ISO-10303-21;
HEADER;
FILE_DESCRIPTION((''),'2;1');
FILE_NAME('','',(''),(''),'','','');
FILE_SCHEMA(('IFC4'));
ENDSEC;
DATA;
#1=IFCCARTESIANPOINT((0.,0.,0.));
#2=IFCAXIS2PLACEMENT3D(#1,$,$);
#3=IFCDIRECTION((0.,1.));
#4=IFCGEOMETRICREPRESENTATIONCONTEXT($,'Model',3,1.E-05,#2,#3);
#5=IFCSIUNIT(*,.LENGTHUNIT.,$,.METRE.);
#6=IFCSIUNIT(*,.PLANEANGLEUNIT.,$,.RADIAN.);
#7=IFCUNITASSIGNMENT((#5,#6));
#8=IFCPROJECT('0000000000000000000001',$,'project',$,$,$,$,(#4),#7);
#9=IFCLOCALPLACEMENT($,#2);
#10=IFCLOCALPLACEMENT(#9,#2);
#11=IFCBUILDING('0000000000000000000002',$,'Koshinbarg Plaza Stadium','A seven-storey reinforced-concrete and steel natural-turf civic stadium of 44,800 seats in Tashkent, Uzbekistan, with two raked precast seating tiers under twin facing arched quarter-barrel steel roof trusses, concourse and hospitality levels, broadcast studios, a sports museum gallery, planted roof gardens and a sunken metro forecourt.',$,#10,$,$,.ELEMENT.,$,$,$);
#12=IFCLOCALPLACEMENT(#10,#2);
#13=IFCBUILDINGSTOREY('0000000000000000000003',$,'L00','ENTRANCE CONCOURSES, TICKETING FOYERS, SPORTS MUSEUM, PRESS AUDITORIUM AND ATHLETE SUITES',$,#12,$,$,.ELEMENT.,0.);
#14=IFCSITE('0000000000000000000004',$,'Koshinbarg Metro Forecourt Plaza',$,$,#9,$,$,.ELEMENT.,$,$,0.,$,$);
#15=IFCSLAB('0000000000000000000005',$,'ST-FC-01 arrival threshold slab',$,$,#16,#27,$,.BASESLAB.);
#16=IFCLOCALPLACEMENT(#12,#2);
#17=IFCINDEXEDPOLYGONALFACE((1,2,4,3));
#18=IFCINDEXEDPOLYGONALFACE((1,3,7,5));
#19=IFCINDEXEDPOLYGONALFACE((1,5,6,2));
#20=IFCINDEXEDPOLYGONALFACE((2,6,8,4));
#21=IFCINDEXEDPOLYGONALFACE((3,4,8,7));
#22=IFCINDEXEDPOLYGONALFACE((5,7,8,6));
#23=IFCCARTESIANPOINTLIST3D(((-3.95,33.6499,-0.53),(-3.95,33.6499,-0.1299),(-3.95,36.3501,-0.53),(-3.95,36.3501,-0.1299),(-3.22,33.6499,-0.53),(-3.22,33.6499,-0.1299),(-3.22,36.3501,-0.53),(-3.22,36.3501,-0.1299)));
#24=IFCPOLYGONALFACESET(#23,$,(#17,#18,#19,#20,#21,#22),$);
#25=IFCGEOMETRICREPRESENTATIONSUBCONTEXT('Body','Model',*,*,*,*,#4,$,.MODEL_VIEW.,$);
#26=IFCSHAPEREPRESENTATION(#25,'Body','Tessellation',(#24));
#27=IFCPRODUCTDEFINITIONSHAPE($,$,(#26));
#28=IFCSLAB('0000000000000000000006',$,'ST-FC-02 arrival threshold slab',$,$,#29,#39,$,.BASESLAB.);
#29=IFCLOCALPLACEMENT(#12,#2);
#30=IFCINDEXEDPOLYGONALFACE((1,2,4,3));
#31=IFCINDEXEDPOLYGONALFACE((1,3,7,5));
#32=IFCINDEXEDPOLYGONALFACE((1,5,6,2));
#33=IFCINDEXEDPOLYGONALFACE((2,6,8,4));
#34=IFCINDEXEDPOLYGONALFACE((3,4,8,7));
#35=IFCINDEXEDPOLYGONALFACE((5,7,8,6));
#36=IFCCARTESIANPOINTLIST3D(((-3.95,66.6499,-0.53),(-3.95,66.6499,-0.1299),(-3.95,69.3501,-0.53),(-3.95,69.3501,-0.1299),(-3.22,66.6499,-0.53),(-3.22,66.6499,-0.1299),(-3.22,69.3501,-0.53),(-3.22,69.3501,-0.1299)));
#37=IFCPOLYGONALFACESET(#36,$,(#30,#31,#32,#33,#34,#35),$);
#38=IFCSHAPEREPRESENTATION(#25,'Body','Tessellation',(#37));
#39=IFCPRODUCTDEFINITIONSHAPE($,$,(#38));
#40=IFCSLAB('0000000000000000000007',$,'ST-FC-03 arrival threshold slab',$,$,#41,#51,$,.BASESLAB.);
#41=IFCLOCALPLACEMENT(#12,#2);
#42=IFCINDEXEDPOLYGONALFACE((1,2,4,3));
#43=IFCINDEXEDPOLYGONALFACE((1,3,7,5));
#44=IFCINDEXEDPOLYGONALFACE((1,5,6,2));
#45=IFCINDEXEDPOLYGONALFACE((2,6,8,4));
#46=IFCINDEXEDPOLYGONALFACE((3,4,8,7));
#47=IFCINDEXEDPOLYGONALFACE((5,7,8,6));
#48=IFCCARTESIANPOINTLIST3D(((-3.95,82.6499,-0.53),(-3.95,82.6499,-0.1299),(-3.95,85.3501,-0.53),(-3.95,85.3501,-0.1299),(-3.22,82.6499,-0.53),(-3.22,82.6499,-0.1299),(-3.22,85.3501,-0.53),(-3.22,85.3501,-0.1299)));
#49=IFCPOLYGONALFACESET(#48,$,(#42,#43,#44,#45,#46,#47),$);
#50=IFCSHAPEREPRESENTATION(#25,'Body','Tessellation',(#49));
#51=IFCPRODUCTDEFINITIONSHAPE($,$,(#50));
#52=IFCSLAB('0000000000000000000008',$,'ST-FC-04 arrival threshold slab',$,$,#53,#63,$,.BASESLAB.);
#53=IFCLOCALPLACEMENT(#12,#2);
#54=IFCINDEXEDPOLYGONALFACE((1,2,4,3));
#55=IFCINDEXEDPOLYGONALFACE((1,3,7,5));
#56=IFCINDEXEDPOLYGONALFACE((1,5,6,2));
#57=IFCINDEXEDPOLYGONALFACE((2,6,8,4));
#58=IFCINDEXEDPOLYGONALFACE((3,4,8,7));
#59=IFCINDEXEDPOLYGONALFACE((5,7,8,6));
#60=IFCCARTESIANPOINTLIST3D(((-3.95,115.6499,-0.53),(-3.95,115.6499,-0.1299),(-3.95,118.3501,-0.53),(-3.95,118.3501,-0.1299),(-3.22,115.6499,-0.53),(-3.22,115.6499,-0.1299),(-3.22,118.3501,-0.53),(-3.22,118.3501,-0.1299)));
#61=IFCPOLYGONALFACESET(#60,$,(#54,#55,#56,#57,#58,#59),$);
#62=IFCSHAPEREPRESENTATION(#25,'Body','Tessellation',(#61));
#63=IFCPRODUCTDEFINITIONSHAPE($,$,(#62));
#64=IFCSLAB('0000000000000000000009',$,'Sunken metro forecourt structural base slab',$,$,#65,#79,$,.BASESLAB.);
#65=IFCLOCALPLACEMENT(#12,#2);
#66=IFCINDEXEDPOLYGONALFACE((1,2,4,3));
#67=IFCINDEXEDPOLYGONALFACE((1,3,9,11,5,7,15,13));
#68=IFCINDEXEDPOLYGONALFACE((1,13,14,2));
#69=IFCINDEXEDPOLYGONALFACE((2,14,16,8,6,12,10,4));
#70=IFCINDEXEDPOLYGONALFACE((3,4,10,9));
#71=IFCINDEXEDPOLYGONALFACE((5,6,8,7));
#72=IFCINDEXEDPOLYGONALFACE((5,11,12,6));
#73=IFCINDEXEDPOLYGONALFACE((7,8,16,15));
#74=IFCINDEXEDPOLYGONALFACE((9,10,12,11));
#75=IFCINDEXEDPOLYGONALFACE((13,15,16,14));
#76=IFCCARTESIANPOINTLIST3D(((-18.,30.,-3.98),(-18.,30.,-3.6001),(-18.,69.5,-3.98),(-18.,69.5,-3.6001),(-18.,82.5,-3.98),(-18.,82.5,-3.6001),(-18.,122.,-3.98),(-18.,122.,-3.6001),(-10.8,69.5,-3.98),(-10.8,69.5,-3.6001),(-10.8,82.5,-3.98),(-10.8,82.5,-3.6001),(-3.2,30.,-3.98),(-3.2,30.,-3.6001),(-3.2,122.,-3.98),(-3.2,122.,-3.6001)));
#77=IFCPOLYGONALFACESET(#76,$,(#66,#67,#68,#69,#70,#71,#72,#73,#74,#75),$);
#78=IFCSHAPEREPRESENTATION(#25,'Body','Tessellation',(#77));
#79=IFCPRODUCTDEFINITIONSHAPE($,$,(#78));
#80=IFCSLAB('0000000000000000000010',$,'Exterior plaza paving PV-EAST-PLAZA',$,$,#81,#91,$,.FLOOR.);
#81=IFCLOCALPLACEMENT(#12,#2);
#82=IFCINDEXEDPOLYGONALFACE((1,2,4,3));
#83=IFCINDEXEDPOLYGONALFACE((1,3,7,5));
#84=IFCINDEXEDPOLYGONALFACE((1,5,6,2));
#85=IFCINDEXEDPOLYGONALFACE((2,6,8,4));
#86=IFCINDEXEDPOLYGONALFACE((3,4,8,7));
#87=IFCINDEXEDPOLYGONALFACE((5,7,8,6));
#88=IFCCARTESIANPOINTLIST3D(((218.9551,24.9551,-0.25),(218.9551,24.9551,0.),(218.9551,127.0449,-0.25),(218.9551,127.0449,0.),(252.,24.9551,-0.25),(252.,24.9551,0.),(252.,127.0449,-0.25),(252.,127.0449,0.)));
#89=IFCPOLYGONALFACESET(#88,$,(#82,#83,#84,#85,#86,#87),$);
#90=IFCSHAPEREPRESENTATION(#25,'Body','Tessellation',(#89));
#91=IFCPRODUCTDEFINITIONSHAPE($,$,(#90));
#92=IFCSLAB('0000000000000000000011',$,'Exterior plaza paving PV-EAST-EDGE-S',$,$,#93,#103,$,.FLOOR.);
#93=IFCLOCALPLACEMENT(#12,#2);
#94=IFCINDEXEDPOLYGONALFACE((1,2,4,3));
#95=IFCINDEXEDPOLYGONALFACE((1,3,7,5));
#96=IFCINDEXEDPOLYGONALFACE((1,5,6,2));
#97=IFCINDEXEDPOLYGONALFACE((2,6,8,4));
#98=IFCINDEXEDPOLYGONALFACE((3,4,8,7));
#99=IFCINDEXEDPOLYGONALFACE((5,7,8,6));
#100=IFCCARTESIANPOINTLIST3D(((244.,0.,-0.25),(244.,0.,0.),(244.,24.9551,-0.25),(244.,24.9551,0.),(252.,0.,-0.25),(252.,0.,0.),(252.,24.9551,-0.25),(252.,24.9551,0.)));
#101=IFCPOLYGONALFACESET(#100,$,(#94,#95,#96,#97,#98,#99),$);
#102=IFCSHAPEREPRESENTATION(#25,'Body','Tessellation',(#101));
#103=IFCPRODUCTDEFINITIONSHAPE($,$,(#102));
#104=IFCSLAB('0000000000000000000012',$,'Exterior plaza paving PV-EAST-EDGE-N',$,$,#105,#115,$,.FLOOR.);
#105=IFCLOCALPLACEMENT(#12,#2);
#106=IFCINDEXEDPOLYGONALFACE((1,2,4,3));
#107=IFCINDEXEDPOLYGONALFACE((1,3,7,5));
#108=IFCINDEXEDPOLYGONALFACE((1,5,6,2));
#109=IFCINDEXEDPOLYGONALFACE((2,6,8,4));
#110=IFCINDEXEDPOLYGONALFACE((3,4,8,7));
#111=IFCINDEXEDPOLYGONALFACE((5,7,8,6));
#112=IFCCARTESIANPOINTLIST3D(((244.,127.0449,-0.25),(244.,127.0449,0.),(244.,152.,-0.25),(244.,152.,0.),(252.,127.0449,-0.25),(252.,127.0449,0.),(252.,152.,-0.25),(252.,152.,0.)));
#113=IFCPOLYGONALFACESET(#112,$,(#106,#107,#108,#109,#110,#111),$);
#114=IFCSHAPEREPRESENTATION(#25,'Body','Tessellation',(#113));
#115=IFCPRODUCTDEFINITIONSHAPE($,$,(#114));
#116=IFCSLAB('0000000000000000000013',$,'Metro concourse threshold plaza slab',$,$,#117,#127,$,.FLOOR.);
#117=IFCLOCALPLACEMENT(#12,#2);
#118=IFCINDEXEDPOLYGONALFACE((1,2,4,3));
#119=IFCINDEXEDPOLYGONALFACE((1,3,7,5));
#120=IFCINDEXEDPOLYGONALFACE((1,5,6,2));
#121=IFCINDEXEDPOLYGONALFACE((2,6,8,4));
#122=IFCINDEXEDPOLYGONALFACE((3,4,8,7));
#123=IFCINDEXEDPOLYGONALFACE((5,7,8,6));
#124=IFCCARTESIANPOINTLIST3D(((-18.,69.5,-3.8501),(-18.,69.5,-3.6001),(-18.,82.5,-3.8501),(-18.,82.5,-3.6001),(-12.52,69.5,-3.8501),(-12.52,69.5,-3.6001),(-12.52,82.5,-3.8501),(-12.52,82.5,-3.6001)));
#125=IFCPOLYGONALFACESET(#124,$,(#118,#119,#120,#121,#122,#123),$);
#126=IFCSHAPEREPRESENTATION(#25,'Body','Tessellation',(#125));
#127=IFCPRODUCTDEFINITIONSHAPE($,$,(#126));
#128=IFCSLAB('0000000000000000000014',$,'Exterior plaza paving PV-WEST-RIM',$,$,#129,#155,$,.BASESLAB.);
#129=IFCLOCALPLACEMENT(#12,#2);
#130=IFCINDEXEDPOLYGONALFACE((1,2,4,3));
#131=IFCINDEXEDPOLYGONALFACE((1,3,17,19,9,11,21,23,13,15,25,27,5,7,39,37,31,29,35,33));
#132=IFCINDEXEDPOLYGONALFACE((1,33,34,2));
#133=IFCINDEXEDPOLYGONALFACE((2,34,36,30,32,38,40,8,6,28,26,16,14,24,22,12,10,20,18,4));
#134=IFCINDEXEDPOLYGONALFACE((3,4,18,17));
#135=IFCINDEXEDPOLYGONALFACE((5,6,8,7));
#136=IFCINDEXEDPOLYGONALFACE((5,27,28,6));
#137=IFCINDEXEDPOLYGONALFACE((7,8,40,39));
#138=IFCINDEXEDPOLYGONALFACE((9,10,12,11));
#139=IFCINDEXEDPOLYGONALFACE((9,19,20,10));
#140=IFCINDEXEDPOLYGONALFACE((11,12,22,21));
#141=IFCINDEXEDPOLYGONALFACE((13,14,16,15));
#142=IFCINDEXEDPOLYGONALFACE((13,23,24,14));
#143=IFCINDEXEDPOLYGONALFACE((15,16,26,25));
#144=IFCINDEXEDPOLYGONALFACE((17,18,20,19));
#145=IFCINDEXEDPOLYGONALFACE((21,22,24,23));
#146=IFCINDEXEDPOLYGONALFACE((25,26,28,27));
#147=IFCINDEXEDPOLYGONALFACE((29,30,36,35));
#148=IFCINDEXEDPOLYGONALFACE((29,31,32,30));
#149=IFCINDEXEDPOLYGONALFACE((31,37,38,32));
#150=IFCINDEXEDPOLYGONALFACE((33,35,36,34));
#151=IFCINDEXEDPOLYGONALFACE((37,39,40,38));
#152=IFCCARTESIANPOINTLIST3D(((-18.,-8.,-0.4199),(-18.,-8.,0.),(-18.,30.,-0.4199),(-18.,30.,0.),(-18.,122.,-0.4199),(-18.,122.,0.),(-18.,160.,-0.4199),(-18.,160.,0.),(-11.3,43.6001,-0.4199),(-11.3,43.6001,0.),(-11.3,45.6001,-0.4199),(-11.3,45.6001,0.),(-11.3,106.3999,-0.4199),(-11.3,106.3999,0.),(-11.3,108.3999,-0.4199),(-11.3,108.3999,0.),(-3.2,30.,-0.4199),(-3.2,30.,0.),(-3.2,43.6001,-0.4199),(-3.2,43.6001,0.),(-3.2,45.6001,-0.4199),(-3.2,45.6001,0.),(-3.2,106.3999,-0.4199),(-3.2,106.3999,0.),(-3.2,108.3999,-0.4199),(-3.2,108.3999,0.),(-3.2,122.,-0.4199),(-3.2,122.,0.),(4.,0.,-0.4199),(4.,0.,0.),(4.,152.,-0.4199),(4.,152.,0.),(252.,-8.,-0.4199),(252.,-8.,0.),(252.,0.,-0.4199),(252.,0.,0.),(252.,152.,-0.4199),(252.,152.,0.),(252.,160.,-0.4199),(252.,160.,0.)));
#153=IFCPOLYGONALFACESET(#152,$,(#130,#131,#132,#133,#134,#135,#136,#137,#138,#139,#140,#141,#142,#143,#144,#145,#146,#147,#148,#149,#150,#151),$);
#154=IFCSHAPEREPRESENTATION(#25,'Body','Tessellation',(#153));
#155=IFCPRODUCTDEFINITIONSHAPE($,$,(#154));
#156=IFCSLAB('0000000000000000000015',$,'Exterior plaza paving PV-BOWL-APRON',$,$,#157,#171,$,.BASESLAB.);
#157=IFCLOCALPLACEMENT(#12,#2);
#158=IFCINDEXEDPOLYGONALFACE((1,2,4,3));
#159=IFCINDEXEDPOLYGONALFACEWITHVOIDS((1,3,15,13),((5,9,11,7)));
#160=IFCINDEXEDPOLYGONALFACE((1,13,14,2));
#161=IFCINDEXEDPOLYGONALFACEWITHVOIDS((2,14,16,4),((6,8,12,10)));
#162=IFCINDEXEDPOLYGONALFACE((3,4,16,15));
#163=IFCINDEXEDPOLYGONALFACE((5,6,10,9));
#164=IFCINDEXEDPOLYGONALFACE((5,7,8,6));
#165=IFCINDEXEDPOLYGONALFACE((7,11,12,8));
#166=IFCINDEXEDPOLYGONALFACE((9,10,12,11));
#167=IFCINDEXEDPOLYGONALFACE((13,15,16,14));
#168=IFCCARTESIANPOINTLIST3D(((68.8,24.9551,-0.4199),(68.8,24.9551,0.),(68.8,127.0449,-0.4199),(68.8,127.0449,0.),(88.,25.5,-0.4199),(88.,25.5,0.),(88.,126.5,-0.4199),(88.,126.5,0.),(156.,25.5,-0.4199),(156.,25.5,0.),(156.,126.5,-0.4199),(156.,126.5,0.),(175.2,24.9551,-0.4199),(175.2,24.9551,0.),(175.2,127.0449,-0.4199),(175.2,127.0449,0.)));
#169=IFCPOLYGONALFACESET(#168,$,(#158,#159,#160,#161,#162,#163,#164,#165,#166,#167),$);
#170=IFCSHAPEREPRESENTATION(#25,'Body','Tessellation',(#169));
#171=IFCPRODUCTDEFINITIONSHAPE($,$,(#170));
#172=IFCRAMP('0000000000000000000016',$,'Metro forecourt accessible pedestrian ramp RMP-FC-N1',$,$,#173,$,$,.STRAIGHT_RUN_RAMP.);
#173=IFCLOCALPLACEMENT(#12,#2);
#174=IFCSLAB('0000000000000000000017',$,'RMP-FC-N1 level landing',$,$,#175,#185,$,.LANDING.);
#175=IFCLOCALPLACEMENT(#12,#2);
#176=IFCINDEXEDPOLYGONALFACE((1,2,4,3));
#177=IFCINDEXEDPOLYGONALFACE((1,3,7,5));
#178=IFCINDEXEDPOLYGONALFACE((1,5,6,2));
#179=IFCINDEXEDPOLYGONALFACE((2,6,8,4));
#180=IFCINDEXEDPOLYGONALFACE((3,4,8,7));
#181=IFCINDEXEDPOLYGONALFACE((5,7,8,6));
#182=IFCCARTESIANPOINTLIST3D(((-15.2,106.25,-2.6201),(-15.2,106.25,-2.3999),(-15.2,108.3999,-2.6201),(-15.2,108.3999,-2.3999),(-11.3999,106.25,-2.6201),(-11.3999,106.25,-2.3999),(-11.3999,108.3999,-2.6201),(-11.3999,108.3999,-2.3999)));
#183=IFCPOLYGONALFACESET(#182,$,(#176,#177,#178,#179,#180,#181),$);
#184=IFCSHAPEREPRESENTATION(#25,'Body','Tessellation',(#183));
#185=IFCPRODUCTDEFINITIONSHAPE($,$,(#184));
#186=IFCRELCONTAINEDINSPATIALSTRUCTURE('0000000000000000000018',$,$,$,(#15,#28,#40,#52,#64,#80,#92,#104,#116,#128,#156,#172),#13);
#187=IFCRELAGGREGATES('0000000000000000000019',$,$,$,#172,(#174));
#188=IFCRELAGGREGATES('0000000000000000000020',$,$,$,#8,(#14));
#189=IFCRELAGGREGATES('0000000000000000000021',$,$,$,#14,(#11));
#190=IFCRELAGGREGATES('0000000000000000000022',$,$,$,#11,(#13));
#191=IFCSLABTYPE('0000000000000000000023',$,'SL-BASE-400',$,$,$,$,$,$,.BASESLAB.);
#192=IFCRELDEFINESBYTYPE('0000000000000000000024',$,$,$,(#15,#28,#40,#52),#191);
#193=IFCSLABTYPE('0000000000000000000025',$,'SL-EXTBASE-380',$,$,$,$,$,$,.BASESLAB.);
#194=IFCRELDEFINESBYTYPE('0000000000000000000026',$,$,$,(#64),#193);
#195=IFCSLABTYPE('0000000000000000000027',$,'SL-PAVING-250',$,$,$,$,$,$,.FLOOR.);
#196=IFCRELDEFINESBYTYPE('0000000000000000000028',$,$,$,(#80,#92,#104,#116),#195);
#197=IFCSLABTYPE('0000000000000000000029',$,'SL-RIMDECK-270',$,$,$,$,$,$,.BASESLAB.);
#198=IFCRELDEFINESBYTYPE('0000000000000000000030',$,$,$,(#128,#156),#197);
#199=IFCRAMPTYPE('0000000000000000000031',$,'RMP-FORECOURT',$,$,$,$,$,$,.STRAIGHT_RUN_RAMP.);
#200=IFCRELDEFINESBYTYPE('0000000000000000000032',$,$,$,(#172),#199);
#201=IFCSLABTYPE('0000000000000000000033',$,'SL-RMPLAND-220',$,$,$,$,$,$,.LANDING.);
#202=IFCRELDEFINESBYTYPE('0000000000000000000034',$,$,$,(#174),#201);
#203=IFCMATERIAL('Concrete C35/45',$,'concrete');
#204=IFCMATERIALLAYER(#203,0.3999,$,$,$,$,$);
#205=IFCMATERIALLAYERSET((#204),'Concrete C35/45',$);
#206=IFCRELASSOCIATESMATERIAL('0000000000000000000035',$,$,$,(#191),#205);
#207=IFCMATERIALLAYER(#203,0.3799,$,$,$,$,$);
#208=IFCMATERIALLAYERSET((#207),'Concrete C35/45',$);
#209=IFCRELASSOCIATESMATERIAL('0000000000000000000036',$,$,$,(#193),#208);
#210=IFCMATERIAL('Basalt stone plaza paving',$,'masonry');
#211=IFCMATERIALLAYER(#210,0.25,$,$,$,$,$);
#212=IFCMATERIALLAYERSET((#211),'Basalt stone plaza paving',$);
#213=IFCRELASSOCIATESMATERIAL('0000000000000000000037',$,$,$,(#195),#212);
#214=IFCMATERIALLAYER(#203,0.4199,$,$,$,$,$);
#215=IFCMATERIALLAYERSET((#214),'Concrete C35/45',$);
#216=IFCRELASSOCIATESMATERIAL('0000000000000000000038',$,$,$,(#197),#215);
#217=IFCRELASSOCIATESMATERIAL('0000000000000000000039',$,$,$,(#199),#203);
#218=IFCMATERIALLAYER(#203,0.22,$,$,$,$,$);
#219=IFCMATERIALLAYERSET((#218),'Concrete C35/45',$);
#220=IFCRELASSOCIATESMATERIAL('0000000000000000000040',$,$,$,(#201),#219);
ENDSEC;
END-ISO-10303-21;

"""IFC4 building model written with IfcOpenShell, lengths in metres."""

from ifc_helpers import new_model, si_unit, direction, frame, origin, place, context, subcontext, project, spatial, polyline, outline, extrude, material, layer, layer_set, type_object, element, aggregate, save


model = new_model("IFC4")

# Units and contexts
model_context = context("Model", 3, precision=1e-05, world=origin(), true_north=direction((0.0, 1.0)))
body_context = subcontext(model_context, "Body", "Model", "MODEL_VIEW")
ifc_project = project(units=[si_unit("LENGTHUNIT", "METRE"), si_unit("PLANEANGLEUNIT", "RADIAN")], contexts=[model_context])

# Site, building, storey
site_placement = place(None, origin())
site = spatial("IfcSite", under=ifc_project, at=site_placement, Name="Koshinbarg Metro Forecourt Plaza", CompositionType="ELEMENT", RefElevation=0.0)
building_placement = place(site_placement, origin())
building = spatial("IfcBuilding", under=site, at=building_placement, Name="Koshinbarg Plaza Stadium", Description="A seven-storey reinforced-concrete and steel natural-turf civic stadium of 44,800 seats in Tashkent, Uzbekistan, with two raked precast seating tiers under twin facing arched quarter-barrel steel roof trusses, concourse and hospitality levels, broadcast studios, a sports museum gallery, planted roof gardens and a sunken metro forecourt.", CompositionType="ELEMENT")
storey_placement = place(building_placement, origin())
storey = spatial("IfcBuildingStorey", under=building, at=storey_placement, Name="L00", Description="ENTRANCE CONCOURSES, TICKETING FOYERS, SPORTS MUSEUM, PRESS AUDITORIUM AND ATHLETE SUITES", CompositionType="ELEMENT", Elevation=0.0)

# Slabs
ifc_material_1 = material(Name="Concrete C35/45", Category="concrete")
ifc_layer_1 = layer(ifc_material_1, 0.3999)
ifc_layer_set_1 = layer_set([ifc_layer_1], Name="Concrete C35/45")
slab_type_1 = type_object("IfcSlabType", Name="SL-BASE-400", PredefinedType="BASESLAB", material=ifc_layer_set_1)
slab_1_placement = place(storey_placement, frame((0.0, 0.0, -0.53)))
element("IfcSlab", 1, at=slab_1_placement, inside=storey, type_object=slab_type_1, Name="ST-FC-01 arrival threshold slab", PredefinedType="BASESLAB", context=body_context, shape_type="SweptSolid", body=[
    extrude(outline(polyline([(-3.95, 33.6499), (-3.22, 33.6499), (-3.22, 36.3501), (-3.95, 36.3501), (-3.95, 33.6499)])), origin(), (0.0, 0.0, 1.0), 0.4001),
])
slab_2_placement = place(storey_placement, frame((0.0, 0.0, -0.53)))
element("IfcSlab", 2, at=slab_2_placement, inside=storey, type_object=slab_type_1, Name="ST-FC-02 arrival threshold slab", PredefinedType="BASESLAB", context=body_context, shape_type="SweptSolid", body=[
    extrude(outline(polyline([(-3.95, 66.6499), (-3.22, 66.6499), (-3.22, 69.3501), (-3.95, 69.3501), (-3.95, 66.6499)])), origin(), (0.0, 0.0, 1.0), 0.4001),
])
slab_3_placement = place(storey_placement, frame((0.0, 0.0, -0.53)))
element("IfcSlab", 3, at=slab_3_placement, inside=storey, type_object=slab_type_1, Name="ST-FC-03 arrival threshold slab", PredefinedType="BASESLAB", context=body_context, shape_type="SweptSolid", body=[
    extrude(outline(polyline([(-3.95, 82.6499), (-3.22, 82.6499), (-3.22, 85.3501), (-3.95, 85.3501), (-3.95, 82.6499)])), origin(), (0.0, 0.0, 1.0), 0.4001),
])
slab_4_placement = place(storey_placement, frame((0.0, 0.0, -0.53)))
element("IfcSlab", 4, at=slab_4_placement, inside=storey, type_object=slab_type_1, Name="ST-FC-04 arrival threshold slab", PredefinedType="BASESLAB", context=body_context, shape_type="SweptSolid", body=[
    extrude(outline(polyline([(-3.95, 115.6499), (-3.22, 115.6499), (-3.22, 118.3501), (-3.95, 118.3501), (-3.95, 115.6499)])), origin(), (0.0, 0.0, 1.0), 0.4001),
])
ifc_layer_2 = layer(ifc_material_1, 0.3799)
ifc_layer_set_2 = layer_set([ifc_layer_2], Name="Concrete C35/45")
slab_type_2 = type_object("IfcSlabType", Name="SL-EXTBASE-380", PredefinedType="BASESLAB", material=ifc_layer_set_2)
slab_5_placement = place(storey_placement, frame((0.0, 0.0, -3.98)))
element("IfcSlab", 5, at=slab_5_placement, inside=storey, type_object=slab_type_2, Name="Sunken metro forecourt structural base slab", PredefinedType="BASESLAB", context=body_context, shape_type="SweptSolid", body=[
    extrude(outline(polyline([(-18.0, 30.0), (-3.2, 30.0), (-3.2, 122.0), (-18.0, 122.0), (-18.0, 82.5), (-10.8, 82.5), (-10.8, 69.5), (-18.0, 69.5), (-18.0, 30.0)])), origin(), (0.0, 0.0, 1.0), 0.3799),
])
ifc_material_2 = material(Name="Basalt stone plaza paving", Category="masonry")
ifc_layer_3 = layer(ifc_material_2, 0.25)
ifc_layer_set_3 = layer_set([ifc_layer_3], Name="Basalt stone plaza paving")
slab_type_3 = type_object("IfcSlabType", Name="SL-PAVING-250", PredefinedType="FLOOR", material=ifc_layer_set_3)
slab_6_placement = place(storey_placement, frame((0.0, 0.0, -0.25)))
element("IfcSlab", 6, at=slab_6_placement, inside=storey, type_object=slab_type_3, Name="Exterior plaza paving PV-EAST-PLAZA", PredefinedType="FLOOR", context=body_context, shape_type="SweptSolid", body=[
    extrude(outline(polyline([(218.9551, 24.9551), (252.0, 24.9551), (252.0, 127.0449), (218.9551, 127.0449), (218.9551, 24.9551)])), origin(), (0.0, 0.0, 1.0), 0.25),
])
slab_7_placement = place(storey_placement, frame((0.0, 0.0, -0.25)))
element("IfcSlab", 7, at=slab_7_placement, inside=storey, type_object=slab_type_3, Name="Exterior plaza paving PV-EAST-EDGE-S", PredefinedType="FLOOR", context=body_context, shape_type="SweptSolid", body=[
    extrude(outline(polyline([(244.0, 0.0), (252.0, 0.0), (252.0, 24.9551), (244.0, 24.9551), (244.0, 0.0)])), origin(), (0.0, 0.0, 1.0), 0.25),
])
slab_8_placement = place(storey_placement, frame((0.0, 0.0, -0.25)))
element("IfcSlab", 8, at=slab_8_placement, inside=storey, type_object=slab_type_3, Name="Exterior plaza paving PV-EAST-EDGE-N", PredefinedType="FLOOR", context=body_context, shape_type="SweptSolid", body=[
    extrude(outline(polyline([(244.0, 127.0449), (252.0, 127.0449), (252.0, 152.0), (244.0, 152.0), (244.0, 127.0449)])), origin(), (0.0, 0.0, 1.0), 0.25),
])
slab_9_placement = place(storey_placement, frame((0.0, 0.0, -3.8501)))
element("IfcSlab", 9, at=slab_9_placement, inside=storey, type_object=slab_type_3, Name="Metro concourse threshold plaza slab", PredefinedType="FLOOR", context=body_context, shape_type="SweptSolid", body=[
    extrude(outline(polyline([(-18.0, 69.5), (-12.52, 69.5), (-12.52, 82.5), (-18.0, 82.5), (-18.0, 69.5)])), origin(), (0.0, 0.0, 1.0), 0.25),
])
ifc_layer_4 = layer(ifc_material_1, 0.4199)
ifc_layer_set_4 = layer_set([ifc_layer_4], Name="Concrete C35/45")
slab_type_4 = type_object("IfcSlabType", Name="SL-RIMDECK-270", PredefinedType="BASESLAB", material=ifc_layer_set_4)
slab_10_placement = place(storey_placement, frame((0.0, 0.0, -0.4199)))
element("IfcSlab", 10, at=slab_10_placement, inside=storey, type_object=slab_type_4, Name="Exterior plaza paving PV-WEST-RIM", PredefinedType="BASESLAB", context=body_context, shape_type="SweptSolid", body=[
    extrude(outline(polyline([(-18.0, -8.0), (252.0, -8.0), (252.0, 0.0), (4.0, 0.0), (4.0, 152.0), (252.0, 152.0), (252.0, 160.0), (-18.0, 160.0), (-18.0, 122.0), (-3.2, 122.0), (-3.2, 108.3999), (-11.3, 108.3999), (-11.3, 106.3999), (-3.2, 106.3999), (-3.2, 45.6001), (-11.3, 45.6001), (-11.3, 43.6001), (-3.2, 43.6001), (-3.2, 30.0), (-18.0, 30.0), (-18.0, -8.0)])), origin(), (0.0, 0.0, 1.0), 0.4199),
])
slab_11_placement = place(storey_placement, frame((0.0, 0.0, -0.4199)))
element("IfcSlab", 11, at=slab_11_placement, inside=storey, type_object=slab_type_4, Name="Exterior plaza paving PV-BOWL-APRON", PredefinedType="BASESLAB", context=body_context, shape_type="SweptSolid", body=[
    extrude(outline(polyline([(68.8, 24.9551), (175.2, 24.9551), (175.2, 127.0449), (68.8, 127.0449), (68.8, 24.9551)]), holes=[polyline([(88.0, 25.5), (156.0, 25.5), (156.0, 126.5), (88.0, 126.5), (88.0, 25.5)])]), origin(), (0.0, 0.0, 1.0), 0.4199),
])

# Ramp, slab
ramp_type = type_object("IfcRampType", Name="RMP-FORECOURT", PredefinedType="STRAIGHT_RUN_RAMP", material=ifc_material_1)
ramp_1_placement = place(storey_placement, origin())
ramp_1 = element("IfcRamp", 12, at=ramp_1_placement, inside=storey, type_object=ramp_type, Name="Metro forecourt accessible pedestrian ramp RMP-FC-N1", PredefinedType="STRAIGHT_RUN_RAMP")
ifc_layer_5 = layer(ifc_material_1, 0.22)
ifc_layer_set_5 = layer_set([ifc_layer_5], Name="Concrete C35/45")
slab_type_5 = type_object("IfcSlabType", Name="SL-RMPLAND-220", PredefinedType="LANDING", material=ifc_layer_set_5)
slab_12_placement = place(storey_placement, frame((0.0, 0.0, -2.6201)))
slab_12 = element("IfcSlab", 13, at=slab_12_placement, type_object=slab_type_5, Name="RMP-FC-N1 level landing", PredefinedType="LANDING", context=body_context, shape_type="SweptSolid", body=[
    extrude(outline(polyline([(-15.2, 106.25), (-11.3999, 106.25), (-11.3999, 108.3999), (-15.2, 108.3999), (-15.2, 106.25)])), origin(), (0.0, 0.0, 1.0), 0.2202),
])
aggregate(ramp_1, [slab_12])

save(model, "model.ifc")
